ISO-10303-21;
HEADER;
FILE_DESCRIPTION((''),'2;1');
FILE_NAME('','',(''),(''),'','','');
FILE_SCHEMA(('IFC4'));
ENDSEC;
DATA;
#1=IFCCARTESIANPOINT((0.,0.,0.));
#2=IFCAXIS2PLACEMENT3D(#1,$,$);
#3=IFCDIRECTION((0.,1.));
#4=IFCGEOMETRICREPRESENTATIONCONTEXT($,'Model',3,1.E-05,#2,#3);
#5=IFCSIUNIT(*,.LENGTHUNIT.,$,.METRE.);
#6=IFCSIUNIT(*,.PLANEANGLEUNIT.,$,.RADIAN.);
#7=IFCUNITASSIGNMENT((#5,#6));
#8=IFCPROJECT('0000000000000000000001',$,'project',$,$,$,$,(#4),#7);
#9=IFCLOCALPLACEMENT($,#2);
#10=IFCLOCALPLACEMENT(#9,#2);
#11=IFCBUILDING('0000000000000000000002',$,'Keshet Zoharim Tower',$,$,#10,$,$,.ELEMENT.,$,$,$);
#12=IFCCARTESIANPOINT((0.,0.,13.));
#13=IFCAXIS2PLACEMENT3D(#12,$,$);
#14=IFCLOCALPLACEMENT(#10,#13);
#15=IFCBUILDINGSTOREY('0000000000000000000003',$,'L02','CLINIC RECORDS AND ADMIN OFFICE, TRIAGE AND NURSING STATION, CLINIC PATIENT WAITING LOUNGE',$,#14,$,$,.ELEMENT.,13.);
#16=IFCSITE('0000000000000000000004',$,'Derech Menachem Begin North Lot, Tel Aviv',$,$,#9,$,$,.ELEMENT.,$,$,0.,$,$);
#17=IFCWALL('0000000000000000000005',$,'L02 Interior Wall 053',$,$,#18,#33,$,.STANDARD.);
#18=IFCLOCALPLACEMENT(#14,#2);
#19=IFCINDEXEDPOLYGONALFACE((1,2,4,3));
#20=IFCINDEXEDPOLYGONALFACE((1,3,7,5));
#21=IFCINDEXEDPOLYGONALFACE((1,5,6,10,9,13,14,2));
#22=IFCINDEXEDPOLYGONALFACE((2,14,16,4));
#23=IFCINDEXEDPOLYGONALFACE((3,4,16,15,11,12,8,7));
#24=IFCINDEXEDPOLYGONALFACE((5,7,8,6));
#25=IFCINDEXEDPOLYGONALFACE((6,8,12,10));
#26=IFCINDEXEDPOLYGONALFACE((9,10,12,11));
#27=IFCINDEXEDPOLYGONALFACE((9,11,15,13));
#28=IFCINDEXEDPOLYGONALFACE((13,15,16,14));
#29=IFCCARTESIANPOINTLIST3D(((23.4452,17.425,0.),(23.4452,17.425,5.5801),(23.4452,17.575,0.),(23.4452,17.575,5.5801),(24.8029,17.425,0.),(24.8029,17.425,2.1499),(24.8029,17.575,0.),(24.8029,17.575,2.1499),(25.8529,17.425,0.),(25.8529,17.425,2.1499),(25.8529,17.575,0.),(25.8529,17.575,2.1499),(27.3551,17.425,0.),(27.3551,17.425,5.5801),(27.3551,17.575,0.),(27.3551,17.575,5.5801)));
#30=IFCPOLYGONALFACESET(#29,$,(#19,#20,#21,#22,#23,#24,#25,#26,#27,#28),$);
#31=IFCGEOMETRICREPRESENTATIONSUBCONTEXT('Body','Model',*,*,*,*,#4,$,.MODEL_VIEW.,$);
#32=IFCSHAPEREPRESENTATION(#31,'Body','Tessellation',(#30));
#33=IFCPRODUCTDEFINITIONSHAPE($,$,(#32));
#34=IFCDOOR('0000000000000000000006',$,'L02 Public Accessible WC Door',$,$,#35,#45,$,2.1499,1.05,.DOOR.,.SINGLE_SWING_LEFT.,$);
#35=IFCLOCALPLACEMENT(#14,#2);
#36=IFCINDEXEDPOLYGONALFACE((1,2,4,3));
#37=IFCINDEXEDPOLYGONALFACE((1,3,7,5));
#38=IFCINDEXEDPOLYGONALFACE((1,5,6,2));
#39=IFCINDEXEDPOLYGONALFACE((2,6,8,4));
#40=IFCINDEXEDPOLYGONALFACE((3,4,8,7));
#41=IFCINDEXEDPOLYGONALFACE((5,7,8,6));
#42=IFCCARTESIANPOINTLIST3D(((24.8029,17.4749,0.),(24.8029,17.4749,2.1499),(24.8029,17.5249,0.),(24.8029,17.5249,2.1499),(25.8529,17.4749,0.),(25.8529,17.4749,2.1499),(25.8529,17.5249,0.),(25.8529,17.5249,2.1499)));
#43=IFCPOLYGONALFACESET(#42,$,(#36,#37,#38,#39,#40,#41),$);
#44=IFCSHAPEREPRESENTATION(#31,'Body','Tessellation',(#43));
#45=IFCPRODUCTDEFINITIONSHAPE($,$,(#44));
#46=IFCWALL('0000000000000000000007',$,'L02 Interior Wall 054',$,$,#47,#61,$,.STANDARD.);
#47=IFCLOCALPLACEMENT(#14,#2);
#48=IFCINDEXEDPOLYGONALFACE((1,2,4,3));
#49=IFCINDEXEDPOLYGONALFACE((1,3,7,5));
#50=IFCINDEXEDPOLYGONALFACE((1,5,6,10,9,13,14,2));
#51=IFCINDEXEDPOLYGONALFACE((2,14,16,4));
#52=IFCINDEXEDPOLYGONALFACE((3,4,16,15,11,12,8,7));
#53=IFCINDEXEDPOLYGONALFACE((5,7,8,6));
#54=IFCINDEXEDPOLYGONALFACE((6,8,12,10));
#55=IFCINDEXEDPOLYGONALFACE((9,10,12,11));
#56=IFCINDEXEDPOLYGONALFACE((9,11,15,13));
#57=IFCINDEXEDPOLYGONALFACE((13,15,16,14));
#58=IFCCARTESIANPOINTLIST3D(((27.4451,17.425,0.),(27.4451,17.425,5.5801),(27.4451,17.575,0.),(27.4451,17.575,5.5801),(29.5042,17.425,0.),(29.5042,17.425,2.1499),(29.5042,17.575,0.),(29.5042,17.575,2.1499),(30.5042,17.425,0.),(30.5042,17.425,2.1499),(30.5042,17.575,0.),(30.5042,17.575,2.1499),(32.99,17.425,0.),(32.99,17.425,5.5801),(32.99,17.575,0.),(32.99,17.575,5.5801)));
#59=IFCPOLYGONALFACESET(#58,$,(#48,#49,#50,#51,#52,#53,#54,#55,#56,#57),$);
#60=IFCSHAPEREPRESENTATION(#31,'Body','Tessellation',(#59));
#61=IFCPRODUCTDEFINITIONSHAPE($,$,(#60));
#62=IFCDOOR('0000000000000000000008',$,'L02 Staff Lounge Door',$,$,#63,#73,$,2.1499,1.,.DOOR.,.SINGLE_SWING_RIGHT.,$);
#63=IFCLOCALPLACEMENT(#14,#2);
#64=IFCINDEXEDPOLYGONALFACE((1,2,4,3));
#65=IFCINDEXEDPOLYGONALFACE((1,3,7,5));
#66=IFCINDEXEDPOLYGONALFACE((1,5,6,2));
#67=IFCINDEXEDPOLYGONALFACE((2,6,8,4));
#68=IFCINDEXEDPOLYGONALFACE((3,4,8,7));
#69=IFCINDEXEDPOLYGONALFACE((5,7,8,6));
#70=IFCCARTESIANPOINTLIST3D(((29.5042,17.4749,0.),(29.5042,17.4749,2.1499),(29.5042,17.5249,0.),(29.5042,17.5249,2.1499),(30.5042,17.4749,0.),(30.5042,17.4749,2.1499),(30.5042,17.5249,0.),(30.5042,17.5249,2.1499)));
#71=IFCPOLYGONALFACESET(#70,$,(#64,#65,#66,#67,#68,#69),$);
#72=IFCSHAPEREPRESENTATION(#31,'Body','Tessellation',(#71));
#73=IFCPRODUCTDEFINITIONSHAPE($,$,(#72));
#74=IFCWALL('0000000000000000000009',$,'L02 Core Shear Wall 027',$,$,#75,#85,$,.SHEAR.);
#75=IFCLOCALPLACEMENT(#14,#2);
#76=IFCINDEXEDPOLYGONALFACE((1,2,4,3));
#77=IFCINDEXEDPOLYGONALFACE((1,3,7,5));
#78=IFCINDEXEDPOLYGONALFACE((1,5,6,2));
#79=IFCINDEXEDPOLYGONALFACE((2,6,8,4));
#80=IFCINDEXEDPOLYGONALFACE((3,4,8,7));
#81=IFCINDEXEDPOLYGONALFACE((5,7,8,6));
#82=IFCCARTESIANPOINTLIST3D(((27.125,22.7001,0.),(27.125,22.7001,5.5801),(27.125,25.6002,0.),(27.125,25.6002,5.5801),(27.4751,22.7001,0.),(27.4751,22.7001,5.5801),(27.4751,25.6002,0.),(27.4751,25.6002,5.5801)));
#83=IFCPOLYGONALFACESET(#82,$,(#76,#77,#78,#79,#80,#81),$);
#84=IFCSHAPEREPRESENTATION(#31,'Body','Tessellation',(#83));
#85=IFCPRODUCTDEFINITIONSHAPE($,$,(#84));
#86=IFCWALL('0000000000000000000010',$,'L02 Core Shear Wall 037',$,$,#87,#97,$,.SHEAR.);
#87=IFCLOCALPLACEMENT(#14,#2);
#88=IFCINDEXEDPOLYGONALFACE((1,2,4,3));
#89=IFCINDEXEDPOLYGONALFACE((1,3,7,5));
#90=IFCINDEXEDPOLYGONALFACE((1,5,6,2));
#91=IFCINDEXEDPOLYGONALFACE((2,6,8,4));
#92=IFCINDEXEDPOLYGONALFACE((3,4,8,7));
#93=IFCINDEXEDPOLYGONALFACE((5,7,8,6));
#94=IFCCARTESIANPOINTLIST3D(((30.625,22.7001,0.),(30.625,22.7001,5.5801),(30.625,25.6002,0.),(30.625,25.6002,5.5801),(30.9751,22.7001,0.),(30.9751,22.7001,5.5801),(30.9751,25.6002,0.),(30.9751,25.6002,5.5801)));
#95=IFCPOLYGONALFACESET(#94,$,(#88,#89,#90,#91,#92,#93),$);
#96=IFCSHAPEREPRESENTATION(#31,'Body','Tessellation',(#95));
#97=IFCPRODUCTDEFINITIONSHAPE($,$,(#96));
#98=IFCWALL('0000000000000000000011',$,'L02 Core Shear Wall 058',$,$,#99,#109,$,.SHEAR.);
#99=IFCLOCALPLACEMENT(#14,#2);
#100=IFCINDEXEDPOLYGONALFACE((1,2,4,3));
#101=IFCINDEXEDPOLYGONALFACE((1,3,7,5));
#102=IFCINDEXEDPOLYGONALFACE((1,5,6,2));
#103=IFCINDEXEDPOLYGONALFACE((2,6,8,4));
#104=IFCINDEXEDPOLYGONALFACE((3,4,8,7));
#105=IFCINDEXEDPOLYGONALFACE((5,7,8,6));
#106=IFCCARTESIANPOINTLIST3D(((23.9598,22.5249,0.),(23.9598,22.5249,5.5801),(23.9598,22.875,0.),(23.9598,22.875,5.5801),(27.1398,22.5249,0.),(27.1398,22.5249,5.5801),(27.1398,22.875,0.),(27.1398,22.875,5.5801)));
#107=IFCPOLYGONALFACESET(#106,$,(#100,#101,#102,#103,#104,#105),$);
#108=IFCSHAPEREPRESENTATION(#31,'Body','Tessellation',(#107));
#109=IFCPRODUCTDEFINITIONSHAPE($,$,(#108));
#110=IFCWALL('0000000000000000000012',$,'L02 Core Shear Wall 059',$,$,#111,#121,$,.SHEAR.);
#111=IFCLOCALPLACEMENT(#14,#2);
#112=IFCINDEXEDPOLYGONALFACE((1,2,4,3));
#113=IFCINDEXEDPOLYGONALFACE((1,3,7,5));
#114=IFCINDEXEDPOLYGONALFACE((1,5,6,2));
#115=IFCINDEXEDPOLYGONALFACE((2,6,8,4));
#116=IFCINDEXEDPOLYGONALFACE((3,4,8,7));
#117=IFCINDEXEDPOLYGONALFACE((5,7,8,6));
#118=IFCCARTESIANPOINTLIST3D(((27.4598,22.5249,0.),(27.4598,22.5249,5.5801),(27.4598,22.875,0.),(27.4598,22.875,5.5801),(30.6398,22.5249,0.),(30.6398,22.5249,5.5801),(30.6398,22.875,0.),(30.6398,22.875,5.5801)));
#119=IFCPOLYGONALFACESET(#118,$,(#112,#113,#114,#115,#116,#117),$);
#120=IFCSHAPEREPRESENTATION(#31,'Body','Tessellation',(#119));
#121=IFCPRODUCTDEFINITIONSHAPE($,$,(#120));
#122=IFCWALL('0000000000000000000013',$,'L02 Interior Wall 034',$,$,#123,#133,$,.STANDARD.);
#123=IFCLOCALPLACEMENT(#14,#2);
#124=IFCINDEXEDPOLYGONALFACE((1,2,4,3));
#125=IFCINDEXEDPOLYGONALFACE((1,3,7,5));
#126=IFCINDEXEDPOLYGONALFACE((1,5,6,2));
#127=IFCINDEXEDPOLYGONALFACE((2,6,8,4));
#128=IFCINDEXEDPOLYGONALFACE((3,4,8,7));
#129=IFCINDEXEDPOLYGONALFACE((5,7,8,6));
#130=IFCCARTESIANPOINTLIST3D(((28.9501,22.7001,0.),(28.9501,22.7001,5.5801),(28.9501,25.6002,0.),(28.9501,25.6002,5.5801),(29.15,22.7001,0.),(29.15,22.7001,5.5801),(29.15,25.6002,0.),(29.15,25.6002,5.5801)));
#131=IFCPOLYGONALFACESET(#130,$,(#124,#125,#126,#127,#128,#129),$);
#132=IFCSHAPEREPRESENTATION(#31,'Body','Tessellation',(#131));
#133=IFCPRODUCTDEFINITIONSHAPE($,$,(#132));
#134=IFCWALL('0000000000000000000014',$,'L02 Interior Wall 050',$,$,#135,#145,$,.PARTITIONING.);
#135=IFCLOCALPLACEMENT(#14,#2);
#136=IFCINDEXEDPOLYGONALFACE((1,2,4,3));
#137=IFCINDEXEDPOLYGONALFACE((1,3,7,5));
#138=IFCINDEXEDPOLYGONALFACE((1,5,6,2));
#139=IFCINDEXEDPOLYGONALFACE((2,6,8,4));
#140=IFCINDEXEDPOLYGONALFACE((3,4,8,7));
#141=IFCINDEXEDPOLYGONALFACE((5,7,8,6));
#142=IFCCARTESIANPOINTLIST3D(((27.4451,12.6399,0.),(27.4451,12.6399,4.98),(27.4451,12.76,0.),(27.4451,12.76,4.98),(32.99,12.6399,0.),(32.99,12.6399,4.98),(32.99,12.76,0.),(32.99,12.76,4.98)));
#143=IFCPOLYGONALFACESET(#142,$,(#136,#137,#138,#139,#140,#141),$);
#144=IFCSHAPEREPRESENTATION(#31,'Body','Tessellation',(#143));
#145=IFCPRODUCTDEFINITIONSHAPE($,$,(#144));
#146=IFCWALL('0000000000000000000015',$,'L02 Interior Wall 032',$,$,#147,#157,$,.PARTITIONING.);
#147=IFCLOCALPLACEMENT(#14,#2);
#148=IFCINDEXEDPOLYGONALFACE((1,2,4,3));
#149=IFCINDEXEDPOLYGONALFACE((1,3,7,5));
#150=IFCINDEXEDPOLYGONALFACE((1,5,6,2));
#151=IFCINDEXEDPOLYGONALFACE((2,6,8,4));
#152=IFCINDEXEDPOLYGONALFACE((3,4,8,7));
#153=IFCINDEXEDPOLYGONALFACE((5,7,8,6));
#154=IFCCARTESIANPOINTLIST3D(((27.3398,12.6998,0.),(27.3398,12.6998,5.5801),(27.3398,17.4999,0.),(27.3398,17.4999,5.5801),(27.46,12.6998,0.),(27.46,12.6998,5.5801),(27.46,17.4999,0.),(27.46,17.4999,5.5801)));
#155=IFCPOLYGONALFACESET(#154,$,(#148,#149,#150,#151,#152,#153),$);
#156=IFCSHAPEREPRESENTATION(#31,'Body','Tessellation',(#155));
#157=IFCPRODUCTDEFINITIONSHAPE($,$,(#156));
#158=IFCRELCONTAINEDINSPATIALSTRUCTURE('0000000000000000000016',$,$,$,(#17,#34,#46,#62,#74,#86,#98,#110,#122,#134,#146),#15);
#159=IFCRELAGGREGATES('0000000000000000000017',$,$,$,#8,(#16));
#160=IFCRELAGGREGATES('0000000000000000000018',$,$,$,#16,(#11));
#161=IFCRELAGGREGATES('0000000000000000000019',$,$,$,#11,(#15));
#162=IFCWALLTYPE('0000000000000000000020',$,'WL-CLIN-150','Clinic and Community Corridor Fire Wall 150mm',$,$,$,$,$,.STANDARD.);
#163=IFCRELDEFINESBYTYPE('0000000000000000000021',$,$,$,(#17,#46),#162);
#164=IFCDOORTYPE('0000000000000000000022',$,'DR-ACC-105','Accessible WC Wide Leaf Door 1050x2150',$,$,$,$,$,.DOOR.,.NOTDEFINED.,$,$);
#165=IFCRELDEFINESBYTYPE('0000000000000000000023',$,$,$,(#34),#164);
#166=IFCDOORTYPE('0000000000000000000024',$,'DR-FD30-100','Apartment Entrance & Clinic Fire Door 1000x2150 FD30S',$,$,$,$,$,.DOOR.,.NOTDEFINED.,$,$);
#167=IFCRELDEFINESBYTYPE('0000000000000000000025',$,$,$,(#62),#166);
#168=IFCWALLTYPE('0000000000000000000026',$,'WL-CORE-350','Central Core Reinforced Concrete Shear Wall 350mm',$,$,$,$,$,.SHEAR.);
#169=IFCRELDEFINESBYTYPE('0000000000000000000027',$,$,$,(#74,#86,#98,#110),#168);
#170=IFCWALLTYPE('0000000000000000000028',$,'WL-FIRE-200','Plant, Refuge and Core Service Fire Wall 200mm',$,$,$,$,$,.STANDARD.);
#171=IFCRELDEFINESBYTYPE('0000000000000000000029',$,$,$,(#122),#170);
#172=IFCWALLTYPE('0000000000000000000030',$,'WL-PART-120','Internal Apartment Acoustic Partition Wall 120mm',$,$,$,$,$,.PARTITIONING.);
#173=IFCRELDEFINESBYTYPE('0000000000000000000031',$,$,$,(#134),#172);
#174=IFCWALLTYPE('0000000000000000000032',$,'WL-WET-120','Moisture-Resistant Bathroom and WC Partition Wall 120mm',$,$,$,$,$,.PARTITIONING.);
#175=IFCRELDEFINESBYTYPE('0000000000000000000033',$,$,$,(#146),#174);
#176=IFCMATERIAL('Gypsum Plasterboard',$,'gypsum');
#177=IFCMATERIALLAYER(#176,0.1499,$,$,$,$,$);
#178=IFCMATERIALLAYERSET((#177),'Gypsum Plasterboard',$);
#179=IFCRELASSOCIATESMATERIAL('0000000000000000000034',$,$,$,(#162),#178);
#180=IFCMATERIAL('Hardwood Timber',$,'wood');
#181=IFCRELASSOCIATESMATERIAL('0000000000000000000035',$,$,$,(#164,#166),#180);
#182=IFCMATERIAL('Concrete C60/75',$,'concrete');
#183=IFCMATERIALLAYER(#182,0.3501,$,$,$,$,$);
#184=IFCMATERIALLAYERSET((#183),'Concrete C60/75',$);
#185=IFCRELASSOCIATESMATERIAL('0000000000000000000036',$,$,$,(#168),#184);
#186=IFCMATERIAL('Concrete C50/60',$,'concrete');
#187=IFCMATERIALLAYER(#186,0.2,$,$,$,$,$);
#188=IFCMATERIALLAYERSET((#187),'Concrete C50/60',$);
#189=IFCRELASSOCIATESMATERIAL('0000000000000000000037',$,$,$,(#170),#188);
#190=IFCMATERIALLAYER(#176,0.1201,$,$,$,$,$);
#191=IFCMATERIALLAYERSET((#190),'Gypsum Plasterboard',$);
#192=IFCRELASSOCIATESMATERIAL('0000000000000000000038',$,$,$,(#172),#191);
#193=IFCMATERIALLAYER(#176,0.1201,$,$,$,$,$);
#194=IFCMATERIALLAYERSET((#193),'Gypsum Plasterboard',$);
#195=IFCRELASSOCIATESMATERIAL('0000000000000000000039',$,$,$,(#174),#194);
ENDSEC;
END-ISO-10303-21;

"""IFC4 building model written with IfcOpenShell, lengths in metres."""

from ifc_helpers import new_model, si_unit, direction, frame, frame_2d, origin, place, context, subcontext, project, spatial, rectangle, extrude, material, layer, layer_set, type_object, element, fill, save


model = new_model("IFC4")

# Units and contexts
model_context = context("Model", 3, precision=1e-05, world=origin(), true_north=direction((0.0, 1.0)))
body_context = subcontext(model_context, "Body", "Model", "MODEL_VIEW")
ifc_project = project(units=[si_unit("LENGTHUNIT", "METRE"), si_unit("PLANEANGLEUNIT", "RADIAN")], contexts=[model_context])

# Site, building, storey
site_placement = place(None, origin())
site = spatial("IfcSite", under=ifc_project, at=site_placement, Name="Derech Menachem Begin North Lot, Tel Aviv", CompositionType="ELEMENT", RefElevation=0.0)
building_placement = place(site_placement, origin())
building = spatial("IfcBuilding", under=site, at=building_placement, Name="Keshet Zoharim Tower", CompositionType="ELEMENT")
storey_placement = place(building_placement, frame((0.0, 0.0, 13.0)))
storey = spatial("IfcBuildingStorey", under=building, at=storey_placement, Name="L02", Description="CLINIC RECORDS AND ADMIN OFFICE, TRIAGE AND NURSING STATION, CLINIC PATIENT WAITING LOUNGE", CompositionType="ELEMENT", Elevation=13.0)

# Shared definitions
ifc_material_1 = material(Name="Concrete C60/75", Category="concrete")

# Shared definitions
ifc_material_2 = material(Name="Concrete C50/60", Category="concrete")

# Walls, openings, doors
ifc_material_3 = material(Name="Gypsum Plasterboard", Category="gypsum")
ifc_layer_1 = layer(ifc_material_3, 0.1499)
ifc_layer_set_1 = layer_set([ifc_layer_1], Name="Gypsum Plasterboard")
wall_type_1 = type_object("IfcWallType", Name="WL-CLIN-150", Description="Clinic and Community Corridor Fire Wall 150mm", PredefinedType="STANDARD", material=ifc_layer_set_1)
wall_1_placement = place(storey_placement, frame((23.4451, 17.5, 0.0), z_axis=(0.0, 0.0, 1.0), x_axis=(1.0, 0.0, 0.0)))
wall_1 = element("IfcWall", 1, at=wall_1_placement, inside=storey, type_object=wall_type_1, Name="L02 Interior Wall 053", PredefinedType="STANDARD", context=body_context, shape_type="SweptSolid", body=[
    extrude(rectangle(XDim=3.9099, YDim=0.1499, at=frame_2d((1.9551, 0.0))), origin(), (0.0, 0.0, 1.0), 5.5801),
])
opening_1_placement = place(wall_1_placement, frame((1.3579, 0.0, 0.0)))
opening_1 = element("IfcOpeningElement", 2, at=opening_1_placement, cuts=wall_1, PredefinedType="OPENING", context=body_context, shape_type="SweptSolid", body=[
    extrude(rectangle(XDim=1.05, YDim=2.1499, at=frame_2d((0.5249, 1.075))), frame((0.0, 0.085, 0.0), z_axis=(0.0, -1.0, 0.0), x_axis=(1.0, 0.0, 0.0)), (0.0, 0.0, 1.0), 0.1699),
])
ifc_material_4 = material(Name="Hardwood Timber", Category="wood")
door_type_1 = type_object("IfcDoorType", Name="DR-ACC-105", Description="Accessible WC Wide Leaf Door 1050x2150", OperationType="NOTDEFINED", PredefinedType="DOOR", material=ifc_material_4)
door_1_placement = place(opening_1_placement, origin())
door_1 = element("IfcDoor", 3, at=door_1_placement, inside=storey, type_object=door_type_1, Name="L02 Public Accessible WC Door", OperationType="SINGLE_SWING_LEFT", OverallHeight=2.1499, OverallWidth=1.05, PredefinedType="DOOR", context=body_context, shape_type="SweptSolid", body=[
    extrude(rectangle(XDim=1.05, YDim=2.1499, at=frame_2d((0.5249, 1.075))), frame((0.0, 0.0249, 0.0), z_axis=(0.0, -1.0, 0.0), x_axis=(1.0, 0.0, 0.0)), (0.0, 0.0, 1.0), 0.05),
])
fill(opening_1, door_1)
wall_2_placement = place(storey_placement, frame((27.4451, 17.5, 0.0), z_axis=(0.0, 0.0, 1.0), x_axis=(1.0, 0.0, 0.0)))
wall_2 = element("IfcWall", 4, at=wall_2_placement, inside=storey, type_object=wall_type_1, Name="L02 Interior Wall 054", PredefinedType="STANDARD", context=body_context, shape_type="SweptSolid", body=[
    extrude(rectangle(XDim=5.5449, YDim=0.1499, at=frame_2d((2.7725, 0.0))), origin(), (0.0, 0.0, 1.0), 5.5801),
])
opening_2_placement = place(wall_2_placement, frame((2.0591, 0.0, 0.0)))
opening_2 = element("IfcOpeningElement", 5, at=opening_2_placement, cuts=wall_2, PredefinedType="OPENING", context=body_context, shape_type="SweptSolid", body=[
    extrude(rectangle(XDim=1.0, YDim=2.1499, at=frame_2d((0.5, 1.075))), frame((0.0, 0.085, 0.0), z_axis=(0.0, -1.0, 0.0), x_axis=(1.0, 0.0, 0.0)), (0.0, 0.0, 1.0), 0.1699),
])
door_type_2 = type_object("IfcDoorType", Name="DR-FD30-100", Description="Apartment Entrance & Clinic Fire Door 1000x2150 FD30S", OperationType="NOTDEFINED", PredefinedType="DOOR", material=ifc_material_4)
door_2_placement = place(opening_2_placement, origin())
door_2 = element("IfcDoor", 6, at=door_2_placement, inside=storey, type_object=door_type_2, Name="L02 Staff Lounge Door", OperationType="SINGLE_SWING_RIGHT", OverallHeight=2.1499, OverallWidth=1.0, PredefinedType="DOOR", context=body_context, shape_type="SweptSolid", body=[
    extrude(rectangle(XDim=1.0, YDim=2.1499, at=frame_2d((0.5, 1.075))), frame((0.0, 0.0249, 0.0), z_axis=(0.0, -1.0, 0.0), x_axis=(1.0, 0.0, 0.0)), (0.0, 0.0, 1.0), 0.05),
])
fill(opening_2, door_2)
ifc_layer_2 = layer(ifc_material_1, 0.3501)
ifc_layer_set_2 = layer_set([ifc_layer_2], Name="Concrete C60/75")
wall_type_2 = type_object("IfcWallType", Name="WL-CORE-350", Description="Central Core Reinforced Concrete Shear Wall 350mm", PredefinedType="SHEAR", material=ifc_layer_set_2)

# Walls
for number, where, z_axis, x_axis, name in (
    (7, (27.3, 22.7, 0.0), (0.0, 0.0, 1.0), (0.0, 1.0, 0.0), "L02 Core Shear Wall 027"),
    (8, (30.8, 22.7, 0.0), (0.0, 0.0, 1.0), (0.0, 1.0, 0.0), "L02 Core Shear Wall 037"),
):
    element("IfcWall", number, at=place(storey_placement, frame(where, z_axis=z_axis, x_axis=x_axis)), inside=storey, type_object=wall_type_2, Name=name, PredefinedType="SHEAR", context=body_context, shape_type="SweptSolid", body=[
        extrude(rectangle(XDim=2.9001, YDim=0.3501, at=frame_2d((1.4502, 0.0))), origin(), (0.0, 0.0, 1.0), 5.5801),
    ])
for number, where, z_axis, x_axis, name in (
    (9, (23.96, 22.7, 0.0), (0.0, 0.0, 1.0), (1.0, 0.0, 0.0), "L02 Core Shear Wall 058"),
    (10, (27.46, 22.7, 0.0), (0.0, 0.0, 1.0), (1.0, 0.0, 0.0), "L02 Core Shear Wall 059"),
):
    element("IfcWall", number, at=place(storey_placement, frame(where, z_axis=z_axis, x_axis=x_axis)), inside=storey, type_object=wall_type_2, Name=name, PredefinedType="SHEAR", context=body_context, shape_type="SweptSolid", body=[
        extrude(rectangle(XDim=3.1799, YDim=0.3501, at=frame_2d((1.5898, 0.0))), origin(), (0.0, 0.0, 1.0), 5.5801),
    ])
ifc_layer_3 = layer(ifc_material_2, 0.2)
ifc_layer_set_3 = layer_set([ifc_layer_3], Name="Concrete C50/60")
wall_type_3 = type_object("IfcWallType", Name="WL-FIRE-200", Description="Plant, Refuge and Core Service Fire Wall 200mm", PredefinedType="STANDARD", material=ifc_layer_set_3)
wall_3_placement = place(storey_placement, frame((29.05, 22.7, 0.0), z_axis=(0.0, 0.0, 1.0), x_axis=(0.0, 1.0, 0.0)))
element("IfcWall", 11, at=wall_3_placement, inside=storey, type_object=wall_type_3, Name="L02 Interior Wall 034", PredefinedType="STANDARD", context=body_context, shape_type="SweptSolid", body=[
    extrude(rectangle(XDim=2.9001, YDim=0.2, at=frame_2d((1.4502, 0.0))), origin(), (0.0, 0.0, 1.0), 5.5801),
])
ifc_layer_4 = layer(ifc_material_3, 0.1201)
ifc_layer_set_4 = layer_set([ifc_layer_4], Name="Gypsum Plasterboard")
wall_type_4 = type_object("IfcWallType", Name="WL-PART-120", Description="Internal Apartment Acoustic Partition Wall 120mm", PredefinedType="PARTITIONING", material=ifc_layer_set_4)
wall_4_placement = place(storey_placement, frame((27.4451, 12.7, 0.0), z_axis=(0.0, 0.0, 1.0), x_axis=(1.0, 0.0, 0.0)))
element("IfcWall", 12, at=wall_4_placement, inside=storey, type_object=wall_type_4, Name="L02 Interior Wall 050", PredefinedType="PARTITIONING", context=body_context, shape_type="SweptSolid", body=[
    extrude(rectangle(XDim=5.5449, YDim=0.1201, at=frame_2d((2.7725, 0.0))), origin(), (0.0, 0.0, 1.0), 4.98),
])
ifc_layer_5 = layer(ifc_material_3, 0.1201)
ifc_layer_set_5 = layer_set([ifc_layer_5], Name="Gypsum Plasterboard")
wall_type_5 = type_object("IfcWallType", Name="WL-WET-120", Description="Moisture-Resistant Bathroom and WC Partition Wall 120mm", PredefinedType="PARTITIONING", material=ifc_layer_set_5)
wall_5_placement = place(storey_placement, frame((27.3999, 12.7, 0.0), z_axis=(0.0, 0.0, 1.0), x_axis=(0.0, 1.0, 0.0)))
element("IfcWall", 13, at=wall_5_placement, inside=storey, type_object=wall_type_5, Name="L02 Interior Wall 032", PredefinedType="PARTITIONING", context=body_context, shape_type="SweptSolid", body=[
    extrude(rectangle(XDim=4.8, YDim=0.1201, at=frame_2d((2.3999, 0.0))), origin(), (0.0, 0.0, 1.0), 5.5801),
])

save(model, "model.ifc")
